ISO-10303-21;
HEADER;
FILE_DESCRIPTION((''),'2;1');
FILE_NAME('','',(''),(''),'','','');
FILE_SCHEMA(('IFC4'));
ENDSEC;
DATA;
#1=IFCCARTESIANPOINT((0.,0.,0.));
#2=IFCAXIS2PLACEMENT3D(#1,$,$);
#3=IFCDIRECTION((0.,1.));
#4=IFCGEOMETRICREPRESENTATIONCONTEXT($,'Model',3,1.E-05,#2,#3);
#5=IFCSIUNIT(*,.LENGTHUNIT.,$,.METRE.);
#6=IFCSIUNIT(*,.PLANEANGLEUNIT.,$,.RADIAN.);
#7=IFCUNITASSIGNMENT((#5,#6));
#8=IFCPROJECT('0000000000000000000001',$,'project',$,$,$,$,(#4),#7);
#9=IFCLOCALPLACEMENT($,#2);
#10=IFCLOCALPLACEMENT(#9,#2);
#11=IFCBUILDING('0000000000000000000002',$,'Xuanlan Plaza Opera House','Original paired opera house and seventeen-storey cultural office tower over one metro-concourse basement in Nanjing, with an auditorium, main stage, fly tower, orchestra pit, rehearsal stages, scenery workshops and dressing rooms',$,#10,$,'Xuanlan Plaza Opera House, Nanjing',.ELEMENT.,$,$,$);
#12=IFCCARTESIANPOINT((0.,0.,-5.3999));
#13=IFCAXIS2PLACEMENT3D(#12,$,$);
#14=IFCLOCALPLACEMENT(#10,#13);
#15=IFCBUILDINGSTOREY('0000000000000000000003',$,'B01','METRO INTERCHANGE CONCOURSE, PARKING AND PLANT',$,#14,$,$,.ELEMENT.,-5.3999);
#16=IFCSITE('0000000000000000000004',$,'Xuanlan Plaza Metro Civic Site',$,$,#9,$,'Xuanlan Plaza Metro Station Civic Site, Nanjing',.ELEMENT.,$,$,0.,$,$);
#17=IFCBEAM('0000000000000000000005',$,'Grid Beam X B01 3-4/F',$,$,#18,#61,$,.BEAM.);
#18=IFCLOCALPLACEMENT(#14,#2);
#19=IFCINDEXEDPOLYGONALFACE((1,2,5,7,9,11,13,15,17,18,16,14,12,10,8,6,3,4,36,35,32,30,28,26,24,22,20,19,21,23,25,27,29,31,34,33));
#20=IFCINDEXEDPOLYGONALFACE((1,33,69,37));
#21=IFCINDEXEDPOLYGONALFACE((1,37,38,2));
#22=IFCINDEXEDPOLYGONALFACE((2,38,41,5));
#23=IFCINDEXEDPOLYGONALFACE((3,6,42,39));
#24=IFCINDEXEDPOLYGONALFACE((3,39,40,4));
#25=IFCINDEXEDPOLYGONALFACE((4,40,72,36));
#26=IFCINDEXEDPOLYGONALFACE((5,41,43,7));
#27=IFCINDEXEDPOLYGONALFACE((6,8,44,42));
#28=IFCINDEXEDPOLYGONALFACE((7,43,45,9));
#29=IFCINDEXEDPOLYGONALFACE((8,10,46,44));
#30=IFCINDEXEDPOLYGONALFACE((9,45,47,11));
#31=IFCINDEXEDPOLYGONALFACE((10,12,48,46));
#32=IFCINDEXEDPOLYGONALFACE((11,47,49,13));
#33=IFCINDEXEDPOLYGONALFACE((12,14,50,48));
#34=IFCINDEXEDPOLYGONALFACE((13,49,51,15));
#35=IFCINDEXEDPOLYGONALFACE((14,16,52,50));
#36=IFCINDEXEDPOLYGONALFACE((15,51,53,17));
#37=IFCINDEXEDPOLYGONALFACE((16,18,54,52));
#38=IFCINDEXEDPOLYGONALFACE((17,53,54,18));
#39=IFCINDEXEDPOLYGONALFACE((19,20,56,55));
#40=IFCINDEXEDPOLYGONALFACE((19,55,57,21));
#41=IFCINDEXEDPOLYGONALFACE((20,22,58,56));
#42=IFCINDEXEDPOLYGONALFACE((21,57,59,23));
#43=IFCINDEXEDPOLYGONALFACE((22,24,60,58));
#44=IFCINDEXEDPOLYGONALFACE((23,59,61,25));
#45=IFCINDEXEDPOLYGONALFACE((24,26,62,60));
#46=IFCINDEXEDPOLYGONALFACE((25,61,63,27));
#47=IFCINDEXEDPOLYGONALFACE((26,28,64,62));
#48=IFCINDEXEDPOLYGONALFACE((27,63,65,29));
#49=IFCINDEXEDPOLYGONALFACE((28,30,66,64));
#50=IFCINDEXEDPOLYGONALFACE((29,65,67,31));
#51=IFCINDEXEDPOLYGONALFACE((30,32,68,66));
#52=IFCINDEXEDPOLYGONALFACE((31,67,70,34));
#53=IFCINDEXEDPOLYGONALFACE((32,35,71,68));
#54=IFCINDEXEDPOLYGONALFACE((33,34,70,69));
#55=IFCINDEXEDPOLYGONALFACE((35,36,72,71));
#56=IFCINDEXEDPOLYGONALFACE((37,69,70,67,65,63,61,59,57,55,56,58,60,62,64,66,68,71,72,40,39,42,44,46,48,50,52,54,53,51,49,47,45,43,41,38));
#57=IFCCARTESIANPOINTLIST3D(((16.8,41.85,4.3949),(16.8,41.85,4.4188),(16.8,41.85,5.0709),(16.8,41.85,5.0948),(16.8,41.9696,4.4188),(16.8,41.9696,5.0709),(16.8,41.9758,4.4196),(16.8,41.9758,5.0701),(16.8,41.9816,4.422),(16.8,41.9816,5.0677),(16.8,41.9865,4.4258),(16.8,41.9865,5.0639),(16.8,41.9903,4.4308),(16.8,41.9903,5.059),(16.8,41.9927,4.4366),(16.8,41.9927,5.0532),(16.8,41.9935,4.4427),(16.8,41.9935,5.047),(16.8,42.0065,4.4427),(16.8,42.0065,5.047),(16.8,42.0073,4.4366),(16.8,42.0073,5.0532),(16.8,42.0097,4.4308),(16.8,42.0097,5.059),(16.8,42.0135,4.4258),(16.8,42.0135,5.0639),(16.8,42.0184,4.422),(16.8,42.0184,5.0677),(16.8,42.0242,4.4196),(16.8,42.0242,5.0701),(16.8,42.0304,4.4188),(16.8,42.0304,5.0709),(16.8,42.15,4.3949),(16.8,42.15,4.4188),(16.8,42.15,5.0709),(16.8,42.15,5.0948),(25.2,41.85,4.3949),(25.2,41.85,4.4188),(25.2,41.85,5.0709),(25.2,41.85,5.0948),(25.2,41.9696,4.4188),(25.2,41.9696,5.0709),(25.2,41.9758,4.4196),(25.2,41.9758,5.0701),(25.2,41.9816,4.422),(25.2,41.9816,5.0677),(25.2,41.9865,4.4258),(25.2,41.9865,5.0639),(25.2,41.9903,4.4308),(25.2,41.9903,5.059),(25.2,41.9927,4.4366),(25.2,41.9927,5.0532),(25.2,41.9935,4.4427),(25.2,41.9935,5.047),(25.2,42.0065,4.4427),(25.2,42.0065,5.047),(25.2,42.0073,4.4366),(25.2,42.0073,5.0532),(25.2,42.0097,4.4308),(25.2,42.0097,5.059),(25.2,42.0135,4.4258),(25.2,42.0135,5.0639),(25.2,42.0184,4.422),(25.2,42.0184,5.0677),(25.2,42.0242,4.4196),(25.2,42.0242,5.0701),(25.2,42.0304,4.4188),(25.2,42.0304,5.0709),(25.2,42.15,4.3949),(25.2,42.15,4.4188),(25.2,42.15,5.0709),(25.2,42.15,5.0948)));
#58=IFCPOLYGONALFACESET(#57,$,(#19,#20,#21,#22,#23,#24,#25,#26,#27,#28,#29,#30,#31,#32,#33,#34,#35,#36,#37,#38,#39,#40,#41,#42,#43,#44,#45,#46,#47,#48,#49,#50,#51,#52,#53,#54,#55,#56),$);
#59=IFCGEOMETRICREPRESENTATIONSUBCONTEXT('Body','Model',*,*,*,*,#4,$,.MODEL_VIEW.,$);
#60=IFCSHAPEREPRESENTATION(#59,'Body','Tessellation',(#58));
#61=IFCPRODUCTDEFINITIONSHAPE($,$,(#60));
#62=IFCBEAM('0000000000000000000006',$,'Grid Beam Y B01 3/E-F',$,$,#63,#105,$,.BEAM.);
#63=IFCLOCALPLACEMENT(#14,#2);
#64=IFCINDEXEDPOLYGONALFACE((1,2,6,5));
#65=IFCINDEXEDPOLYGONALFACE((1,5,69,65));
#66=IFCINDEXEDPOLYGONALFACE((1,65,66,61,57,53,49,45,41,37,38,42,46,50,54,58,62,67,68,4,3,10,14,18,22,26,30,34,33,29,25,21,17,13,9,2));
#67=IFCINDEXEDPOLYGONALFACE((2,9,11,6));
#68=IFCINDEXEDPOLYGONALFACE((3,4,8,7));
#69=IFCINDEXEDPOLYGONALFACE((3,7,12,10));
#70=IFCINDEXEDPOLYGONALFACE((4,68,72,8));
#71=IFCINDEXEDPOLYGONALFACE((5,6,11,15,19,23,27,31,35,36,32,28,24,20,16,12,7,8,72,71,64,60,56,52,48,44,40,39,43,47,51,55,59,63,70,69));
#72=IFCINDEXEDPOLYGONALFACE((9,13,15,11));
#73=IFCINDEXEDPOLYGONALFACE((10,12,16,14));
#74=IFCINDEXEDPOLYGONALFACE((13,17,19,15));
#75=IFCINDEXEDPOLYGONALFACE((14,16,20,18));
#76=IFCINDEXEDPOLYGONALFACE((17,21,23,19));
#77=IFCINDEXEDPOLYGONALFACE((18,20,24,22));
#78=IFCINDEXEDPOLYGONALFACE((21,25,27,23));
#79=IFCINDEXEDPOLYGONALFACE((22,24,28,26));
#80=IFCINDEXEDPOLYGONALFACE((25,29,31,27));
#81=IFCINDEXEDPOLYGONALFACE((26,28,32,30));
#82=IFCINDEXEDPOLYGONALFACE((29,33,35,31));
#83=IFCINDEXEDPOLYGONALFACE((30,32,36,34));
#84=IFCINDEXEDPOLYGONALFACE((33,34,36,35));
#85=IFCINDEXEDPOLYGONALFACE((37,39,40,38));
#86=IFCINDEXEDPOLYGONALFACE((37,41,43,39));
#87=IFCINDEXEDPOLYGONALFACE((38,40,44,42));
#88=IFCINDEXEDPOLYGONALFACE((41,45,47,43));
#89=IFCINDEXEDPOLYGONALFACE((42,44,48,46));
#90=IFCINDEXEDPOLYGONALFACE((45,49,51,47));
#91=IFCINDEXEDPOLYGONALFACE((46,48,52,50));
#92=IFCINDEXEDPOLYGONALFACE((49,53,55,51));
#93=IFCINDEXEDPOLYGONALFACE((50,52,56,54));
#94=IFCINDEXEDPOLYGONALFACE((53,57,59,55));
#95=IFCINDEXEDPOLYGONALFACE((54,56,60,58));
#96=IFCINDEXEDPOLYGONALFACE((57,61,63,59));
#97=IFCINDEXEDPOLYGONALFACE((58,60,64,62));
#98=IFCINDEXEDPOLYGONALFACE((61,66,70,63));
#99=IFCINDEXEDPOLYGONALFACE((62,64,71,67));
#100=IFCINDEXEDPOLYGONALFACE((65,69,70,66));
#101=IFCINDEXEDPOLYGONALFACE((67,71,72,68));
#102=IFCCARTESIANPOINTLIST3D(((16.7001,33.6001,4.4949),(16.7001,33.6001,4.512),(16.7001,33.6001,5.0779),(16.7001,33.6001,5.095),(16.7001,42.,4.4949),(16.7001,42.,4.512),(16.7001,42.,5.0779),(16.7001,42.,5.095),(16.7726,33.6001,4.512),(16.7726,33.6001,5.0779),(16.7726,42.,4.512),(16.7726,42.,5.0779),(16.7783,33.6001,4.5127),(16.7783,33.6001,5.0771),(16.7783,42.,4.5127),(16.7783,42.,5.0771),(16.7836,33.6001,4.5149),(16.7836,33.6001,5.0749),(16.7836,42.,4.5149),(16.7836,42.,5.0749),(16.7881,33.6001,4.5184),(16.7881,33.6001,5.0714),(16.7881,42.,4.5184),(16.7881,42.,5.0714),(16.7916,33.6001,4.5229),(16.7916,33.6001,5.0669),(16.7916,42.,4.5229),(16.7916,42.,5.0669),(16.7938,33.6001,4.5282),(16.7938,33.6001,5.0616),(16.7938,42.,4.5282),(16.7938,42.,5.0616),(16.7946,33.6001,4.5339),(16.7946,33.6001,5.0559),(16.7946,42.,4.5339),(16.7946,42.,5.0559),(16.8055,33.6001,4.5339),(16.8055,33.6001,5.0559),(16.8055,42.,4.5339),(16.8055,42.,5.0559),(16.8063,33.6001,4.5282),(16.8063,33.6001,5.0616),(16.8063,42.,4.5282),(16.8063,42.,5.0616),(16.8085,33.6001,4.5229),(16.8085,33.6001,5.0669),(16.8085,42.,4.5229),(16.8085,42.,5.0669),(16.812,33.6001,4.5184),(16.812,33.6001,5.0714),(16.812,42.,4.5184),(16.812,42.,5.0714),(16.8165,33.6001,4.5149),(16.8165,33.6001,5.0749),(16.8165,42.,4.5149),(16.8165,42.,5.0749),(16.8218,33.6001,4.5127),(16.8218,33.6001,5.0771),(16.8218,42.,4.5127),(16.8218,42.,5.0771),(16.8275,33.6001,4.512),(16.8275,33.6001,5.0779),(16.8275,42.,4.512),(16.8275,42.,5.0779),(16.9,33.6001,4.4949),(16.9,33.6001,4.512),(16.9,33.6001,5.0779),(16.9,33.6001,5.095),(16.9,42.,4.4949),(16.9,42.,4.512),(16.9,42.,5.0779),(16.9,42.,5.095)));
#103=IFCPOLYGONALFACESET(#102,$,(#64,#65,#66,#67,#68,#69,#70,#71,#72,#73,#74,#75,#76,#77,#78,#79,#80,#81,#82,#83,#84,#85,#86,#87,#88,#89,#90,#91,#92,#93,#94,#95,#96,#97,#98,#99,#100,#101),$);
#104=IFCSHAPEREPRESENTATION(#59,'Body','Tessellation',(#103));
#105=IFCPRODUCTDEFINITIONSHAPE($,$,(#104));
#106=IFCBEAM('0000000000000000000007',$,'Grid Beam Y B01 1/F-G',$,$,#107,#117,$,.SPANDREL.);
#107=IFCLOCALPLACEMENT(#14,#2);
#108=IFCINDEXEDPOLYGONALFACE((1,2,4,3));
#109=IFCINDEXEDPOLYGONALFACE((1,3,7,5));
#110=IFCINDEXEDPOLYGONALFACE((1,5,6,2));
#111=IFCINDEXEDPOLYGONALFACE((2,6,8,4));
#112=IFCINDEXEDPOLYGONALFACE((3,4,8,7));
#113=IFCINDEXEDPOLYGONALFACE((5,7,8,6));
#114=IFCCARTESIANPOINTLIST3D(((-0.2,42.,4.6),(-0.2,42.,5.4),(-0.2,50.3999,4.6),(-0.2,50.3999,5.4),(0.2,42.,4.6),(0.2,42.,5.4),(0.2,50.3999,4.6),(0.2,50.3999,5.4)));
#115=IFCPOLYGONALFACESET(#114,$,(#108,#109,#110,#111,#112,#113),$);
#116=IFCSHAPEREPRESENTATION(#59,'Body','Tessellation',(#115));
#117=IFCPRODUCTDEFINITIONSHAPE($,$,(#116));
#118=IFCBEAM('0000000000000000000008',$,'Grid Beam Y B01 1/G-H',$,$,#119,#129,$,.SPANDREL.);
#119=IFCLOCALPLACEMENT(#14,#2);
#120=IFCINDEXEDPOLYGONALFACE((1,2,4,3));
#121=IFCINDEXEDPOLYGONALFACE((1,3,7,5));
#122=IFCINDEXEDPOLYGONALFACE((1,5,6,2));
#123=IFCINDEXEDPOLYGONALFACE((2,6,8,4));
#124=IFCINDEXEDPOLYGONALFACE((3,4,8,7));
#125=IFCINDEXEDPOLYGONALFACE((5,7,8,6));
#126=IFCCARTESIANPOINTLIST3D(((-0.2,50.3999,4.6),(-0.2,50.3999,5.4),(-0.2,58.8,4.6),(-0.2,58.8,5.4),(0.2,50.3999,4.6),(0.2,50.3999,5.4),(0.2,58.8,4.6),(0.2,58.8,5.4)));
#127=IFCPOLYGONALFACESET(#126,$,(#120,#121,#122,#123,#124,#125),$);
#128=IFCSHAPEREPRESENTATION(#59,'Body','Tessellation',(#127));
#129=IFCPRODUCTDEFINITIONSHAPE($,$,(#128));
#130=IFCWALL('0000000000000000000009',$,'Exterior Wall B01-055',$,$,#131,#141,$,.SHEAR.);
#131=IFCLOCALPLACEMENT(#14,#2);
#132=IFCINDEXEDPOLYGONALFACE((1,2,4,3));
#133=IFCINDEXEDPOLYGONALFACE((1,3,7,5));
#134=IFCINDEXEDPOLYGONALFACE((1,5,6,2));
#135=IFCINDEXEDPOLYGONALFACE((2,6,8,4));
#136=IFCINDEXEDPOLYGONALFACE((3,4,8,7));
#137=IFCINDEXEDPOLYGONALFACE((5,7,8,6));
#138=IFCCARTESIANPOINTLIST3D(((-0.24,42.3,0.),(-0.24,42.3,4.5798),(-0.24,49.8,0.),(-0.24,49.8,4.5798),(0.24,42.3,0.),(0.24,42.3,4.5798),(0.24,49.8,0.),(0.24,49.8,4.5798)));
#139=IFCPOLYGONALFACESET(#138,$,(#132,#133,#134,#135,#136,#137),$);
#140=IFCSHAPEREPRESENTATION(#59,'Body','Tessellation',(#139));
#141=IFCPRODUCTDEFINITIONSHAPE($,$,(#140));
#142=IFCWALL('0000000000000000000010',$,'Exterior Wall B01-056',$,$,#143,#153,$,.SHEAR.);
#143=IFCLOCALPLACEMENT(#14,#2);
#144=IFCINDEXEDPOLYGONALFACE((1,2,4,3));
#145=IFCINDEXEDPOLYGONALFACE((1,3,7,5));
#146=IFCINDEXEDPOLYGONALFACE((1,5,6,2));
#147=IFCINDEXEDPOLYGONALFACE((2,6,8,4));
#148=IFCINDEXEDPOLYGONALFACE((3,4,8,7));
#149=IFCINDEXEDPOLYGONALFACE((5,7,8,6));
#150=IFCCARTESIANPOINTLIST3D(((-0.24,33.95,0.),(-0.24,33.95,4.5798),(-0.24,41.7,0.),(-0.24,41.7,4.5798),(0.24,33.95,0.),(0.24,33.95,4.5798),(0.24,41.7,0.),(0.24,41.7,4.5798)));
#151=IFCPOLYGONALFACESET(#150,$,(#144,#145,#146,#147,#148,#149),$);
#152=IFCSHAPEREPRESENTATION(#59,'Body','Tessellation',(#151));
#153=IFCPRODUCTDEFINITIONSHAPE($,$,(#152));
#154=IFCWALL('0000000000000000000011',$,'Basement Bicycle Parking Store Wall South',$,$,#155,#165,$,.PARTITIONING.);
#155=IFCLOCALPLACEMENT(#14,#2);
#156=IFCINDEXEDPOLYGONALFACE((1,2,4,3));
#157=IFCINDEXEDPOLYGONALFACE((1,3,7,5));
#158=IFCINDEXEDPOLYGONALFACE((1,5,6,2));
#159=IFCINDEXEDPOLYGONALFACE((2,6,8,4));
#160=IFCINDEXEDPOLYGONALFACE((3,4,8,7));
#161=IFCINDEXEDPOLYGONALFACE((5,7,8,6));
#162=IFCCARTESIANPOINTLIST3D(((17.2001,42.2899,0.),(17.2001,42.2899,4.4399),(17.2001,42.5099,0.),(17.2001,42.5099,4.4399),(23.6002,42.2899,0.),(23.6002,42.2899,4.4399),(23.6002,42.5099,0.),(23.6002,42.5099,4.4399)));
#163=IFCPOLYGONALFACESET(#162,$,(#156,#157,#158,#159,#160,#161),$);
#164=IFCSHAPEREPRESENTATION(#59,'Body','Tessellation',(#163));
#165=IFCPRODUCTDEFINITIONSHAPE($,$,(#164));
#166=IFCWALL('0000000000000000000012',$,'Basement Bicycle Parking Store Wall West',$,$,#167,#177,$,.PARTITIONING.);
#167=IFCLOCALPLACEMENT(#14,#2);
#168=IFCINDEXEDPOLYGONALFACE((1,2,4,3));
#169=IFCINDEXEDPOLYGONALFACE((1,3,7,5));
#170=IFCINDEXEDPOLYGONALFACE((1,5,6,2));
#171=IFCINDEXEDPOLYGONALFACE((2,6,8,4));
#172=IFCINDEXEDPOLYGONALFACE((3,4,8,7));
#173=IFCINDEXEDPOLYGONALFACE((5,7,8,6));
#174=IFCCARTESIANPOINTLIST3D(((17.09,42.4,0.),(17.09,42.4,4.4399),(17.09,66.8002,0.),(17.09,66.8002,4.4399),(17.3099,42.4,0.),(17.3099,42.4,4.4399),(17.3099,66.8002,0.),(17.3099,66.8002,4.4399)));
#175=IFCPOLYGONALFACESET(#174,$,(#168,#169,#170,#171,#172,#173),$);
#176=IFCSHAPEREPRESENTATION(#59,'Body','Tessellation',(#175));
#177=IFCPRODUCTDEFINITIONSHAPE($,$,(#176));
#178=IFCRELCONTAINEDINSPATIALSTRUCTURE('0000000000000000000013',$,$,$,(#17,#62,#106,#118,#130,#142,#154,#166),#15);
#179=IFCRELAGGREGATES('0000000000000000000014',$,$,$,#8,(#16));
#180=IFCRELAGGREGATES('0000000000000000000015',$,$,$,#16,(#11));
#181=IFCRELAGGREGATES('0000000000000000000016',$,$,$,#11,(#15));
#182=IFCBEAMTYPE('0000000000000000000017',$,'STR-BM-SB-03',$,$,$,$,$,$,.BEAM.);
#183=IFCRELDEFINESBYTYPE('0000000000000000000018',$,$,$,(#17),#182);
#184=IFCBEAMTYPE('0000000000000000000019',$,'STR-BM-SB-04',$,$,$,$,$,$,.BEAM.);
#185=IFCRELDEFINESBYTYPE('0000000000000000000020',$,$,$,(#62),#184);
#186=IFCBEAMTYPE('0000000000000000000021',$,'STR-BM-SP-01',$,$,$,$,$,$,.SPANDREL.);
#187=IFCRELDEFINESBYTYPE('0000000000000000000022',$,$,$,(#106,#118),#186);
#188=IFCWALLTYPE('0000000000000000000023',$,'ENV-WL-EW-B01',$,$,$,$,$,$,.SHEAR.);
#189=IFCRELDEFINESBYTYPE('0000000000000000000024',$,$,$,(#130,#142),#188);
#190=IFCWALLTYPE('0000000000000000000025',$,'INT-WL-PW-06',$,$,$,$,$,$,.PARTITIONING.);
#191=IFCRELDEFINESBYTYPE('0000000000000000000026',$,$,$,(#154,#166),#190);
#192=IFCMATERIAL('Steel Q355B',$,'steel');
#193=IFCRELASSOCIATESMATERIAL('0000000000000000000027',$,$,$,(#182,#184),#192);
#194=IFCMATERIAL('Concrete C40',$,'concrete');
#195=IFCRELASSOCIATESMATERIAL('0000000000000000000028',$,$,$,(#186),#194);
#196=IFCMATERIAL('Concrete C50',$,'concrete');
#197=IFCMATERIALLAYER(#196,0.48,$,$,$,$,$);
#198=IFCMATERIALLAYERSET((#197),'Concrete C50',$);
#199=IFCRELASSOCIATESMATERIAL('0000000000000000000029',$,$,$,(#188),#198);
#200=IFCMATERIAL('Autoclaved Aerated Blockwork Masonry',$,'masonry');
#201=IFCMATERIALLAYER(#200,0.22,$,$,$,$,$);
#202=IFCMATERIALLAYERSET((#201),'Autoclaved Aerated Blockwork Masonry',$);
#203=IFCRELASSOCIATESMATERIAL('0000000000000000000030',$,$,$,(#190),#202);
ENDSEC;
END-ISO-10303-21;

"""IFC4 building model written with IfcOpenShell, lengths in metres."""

from ifc_helpers import new_model, si_unit, direction, frame, frame_2d, origin, origin_2d, place, context, subcontext, project, spatial, rectangle, i_section, extrude, material, layer, layer_set, material_profile, profile_set, type_object, element, save


model = new_model("IFC4")

# Units and contexts
model_context = context("Model", 3, precision=1e-05, world=origin(), true_north=direction((0.0, 1.0)))
body_context = subcontext(model_context, "Body", "Model", "MODEL_VIEW")
ifc_project = project(units=[si_unit("LENGTHUNIT", "METRE"), si_unit("PLANEANGLEUNIT", "RADIAN")], contexts=[model_context])

# Site, building, storey
site_placement = place(None, origin())
site = spatial("IfcSite", under=ifc_project, at=site_placement, Name="Xuanlan Plaza Metro Civic Site", LongName="Xuanlan Plaza Metro Station Civic Site, Nanjing", CompositionType="ELEMENT", RefElevation=0.0)
building_placement = place(site_placement, origin())
building = spatial("IfcBuilding", under=site, at=building_placement, Name="Xuanlan Plaza Opera House", Description="Original paired opera house and seventeen-storey cultural office tower over one metro-concourse basement in Nanjing, with an auditorium, main stage, fly tower, orchestra pit, rehearsal stages, scenery workshops and dressing rooms", LongName="Xuanlan Plaza Opera House, Nanjing", CompositionType="ELEMENT")
storey_placement = place(building_placement, frame((0.0, 0.0, -5.3999)))
storey = spatial("IfcBuildingStorey", under=building, at=storey_placement, Name="B01", Description="METRO INTERCHANGE CONCOURSE, PARKING AND PLANT", CompositionType="ELEMENT", Elevation=-5.3999)

# Shared definitions
ifc_material_1 = material(Name="Concrete C50", Category="concrete")
ifc_material_2 = material(Name="Concrete C40", Category="concrete")

# Beams
ifc_material_3 = material(Name="Steel Q355B", Category="steel")
ifc_material_profile_1 = material_profile(ifc_material_3, i_section(OverallWidth=0.3, OverallDepth=0.7, WebThickness=0.0129, FlangeThickness=0.0239, FilletRadius=0.0239, at=origin_2d()), Name="HN 700x300x13x24")
ifc_profile_set_1 = profile_set([ifc_material_profile_1], Name="Steel Q355B")
beam_type_1 = type_object("IfcBeamType", Name="STR-BM-SB-03", PredefinedType="BEAM", material=ifc_profile_set_1)
beam_1_placement = place(storey_placement, frame((16.8, 42.0, 4.7449), z_axis=(1.0, 0.0, 0.0), x_axis=(0.0, 1.0, 0.0)))
element("IfcBeam", 1, at=beam_1_placement, inside=storey, type_object=beam_type_1, Name="Grid Beam X B01 3-4/F", PredefinedType="BEAM", context=body_context, shape_type="SweptSolid", body=[
    extrude(i_section(OverallWidth=0.3, OverallDepth=0.7, WebThickness=0.0129, FlangeThickness=0.0239, FilletRadius=0.0239, at=origin_2d()), origin(), (0.0, 0.0, 1.0), 8.3999),
])
ifc_material_profile_2 = material_profile(ifc_material_3, i_section(OverallWidth=0.2, OverallDepth=0.6001, WebThickness=0.011, FlangeThickness=0.0171, FilletRadius=0.022, at=origin_2d()), Name="HN 600x200x11x17")
ifc_profile_set_2 = profile_set([ifc_material_profile_2], Name="Steel Q355B")
beam_type_2 = type_object("IfcBeamType", Name="STR-BM-SB-04", PredefinedType="BEAM", material=ifc_profile_set_2)
beam_2_placement = place(storey_placement, frame((16.8, 33.6001, 4.7949), z_axis=(0.0, 1.0, 0.0), x_axis=(-1.0, 0.0, 0.0)))
element("IfcBeam", 2, at=beam_2_placement, inside=storey, type_object=beam_type_2, Name="Grid Beam Y B01 3/E-F", PredefinedType="BEAM", context=body_context, shape_type="SweptSolid", body=[
    extrude(i_section(OverallWidth=0.2, OverallDepth=0.6001, WebThickness=0.011, FlangeThickness=0.0171, FilletRadius=0.022, at=origin_2d()), origin(), (0.0, 0.0, 1.0), 8.3999),
])
ifc_material_profile_3 = material_profile(ifc_material_2, rectangle(XDim=0.3999, YDim=0.8, at=origin_2d()), Name="RC-SPD 400x800")
ifc_profile_set_3 = profile_set([ifc_material_profile_3], Name="Concrete C40")
beam_type_3 = type_object("IfcBeamType", Name="STR-BM-SP-01", PredefinedType="SPANDREL", material=ifc_profile_set_3)
beam_3_placement = place(storey_placement, frame((0.0, 42.0, 5.0), z_axis=(0.0, 1.0, 0.0), x_axis=(-1.0, 0.0, 0.0)))
element("IfcBeam", 3, at=beam_3_placement, inside=storey, type_object=beam_type_3, Name="Grid Beam Y B01 1/F-G", PredefinedType="SPANDREL", context=body_context, shape_type="SweptSolid", body=[
    extrude(rectangle(XDim=0.3999, YDim=0.8, at=origin_2d()), origin(), (0.0, 0.0, 1.0), 8.3999),
])
beam_4_placement = place(storey_placement, frame((0.0, 50.3999, 5.0), z_axis=(0.0, 1.0, 0.0), x_axis=(-1.0, 0.0, 0.0)))
element("IfcBeam", 4, at=beam_4_placement, inside=storey, type_object=beam_type_3, Name="Grid Beam Y B01 1/G-H", PredefinedType="SPANDREL", context=body_context, shape_type="SweptSolid", body=[
    extrude(rectangle(XDim=0.3999, YDim=0.8, at=origin_2d()), origin(), (0.0, 0.0, 1.0), 8.4001),
])

# Walls
ifc_layer_1 = layer(ifc_material_1, 0.48)
ifc_layer_set_1 = layer_set([ifc_layer_1], Name="Concrete C50")
wall_type_1 = type_object("IfcWallType", Name="ENV-WL-EW-B01", PredefinedType="SHEAR", material=ifc_layer_set_1)
wall_1_placement = place(storey_placement, frame((0.0, 49.8, 0.0), z_axis=(0.0, 0.0, 1.0), x_axis=(0.0, -1.0, 0.0)))
element("IfcWall", 5, at=wall_1_placement, inside=storey, type_object=wall_type_1, Name="Exterior Wall B01-055", PredefinedType="SHEAR", context=body_context, shape_type="SweptSolid", body=[
    extrude(rectangle(XDim=7.5, YDim=0.48, at=frame_2d((3.75, 0.0))), origin(), (0.0, 0.0, 1.0), 4.5798),
])
wall_2_placement = place(storey_placement, frame((0.0, 41.7, 0.0), z_axis=(0.0, 0.0, 1.0), x_axis=(0.0, -1.0, 0.0)))
element("IfcWall", 6, at=wall_2_placement, inside=storey, type_object=wall_type_1, Name="Exterior Wall B01-056", PredefinedType="SHEAR", context=body_context, shape_type="SweptSolid", body=[
    extrude(rectangle(XDim=7.75, YDim=0.48, at=frame_2d((3.875, 0.0))), origin(), (0.0, 0.0, 1.0), 4.5798),
])
ifc_material_4 = material(Name="Autoclaved Aerated Blockwork Masonry", Category="masonry")
ifc_layer_2 = layer(ifc_material_4, 0.22)
ifc_layer_set_2 = layer_set([ifc_layer_2], Name="Autoclaved Aerated Blockwork Masonry")
wall_type_2 = type_object("IfcWallType", Name="INT-WL-PW-06", PredefinedType="PARTITIONING", material=ifc_layer_set_2)
wall_3_placement = place(storey_placement, frame((17.2, 42.3999, 0.0), z_axis=(0.0, 0.0, 1.0), x_axis=(1.0, 0.0, 0.0)))
element("IfcWall", 7, at=wall_3_placement, inside=storey, type_object=wall_type_2, Name="Basement Bicycle Parking Store Wall South", PredefinedType="PARTITIONING", context=body_context, shape_type="SweptSolid", body=[
    extrude(rectangle(XDim=6.4001, YDim=0.22, at=frame_2d((3.2002, 0.0))), origin(), (0.0, 0.0, 1.0), 4.4399),
])
wall_4_placement = place(storey_placement, frame((17.2, 42.3999, 0.0), z_axis=(0.0, 0.0, 1.0), x_axis=(0.0, 1.0, 0.0)))
element("IfcWall", 8, at=wall_4_placement, inside=storey, type_object=wall_type_2, Name="Basement Bicycle Parking Store Wall West", PredefinedType="PARTITIONING", context=body_context, shape_type="SweptSolid", body=[
    extrude(rectangle(XDim=24.4001, YDim=0.22, at=frame_2d((12.2002, 0.0))), origin(), (0.0, 0.0, 1.0), 4.4399),
])

save(model, "model.ifc")
